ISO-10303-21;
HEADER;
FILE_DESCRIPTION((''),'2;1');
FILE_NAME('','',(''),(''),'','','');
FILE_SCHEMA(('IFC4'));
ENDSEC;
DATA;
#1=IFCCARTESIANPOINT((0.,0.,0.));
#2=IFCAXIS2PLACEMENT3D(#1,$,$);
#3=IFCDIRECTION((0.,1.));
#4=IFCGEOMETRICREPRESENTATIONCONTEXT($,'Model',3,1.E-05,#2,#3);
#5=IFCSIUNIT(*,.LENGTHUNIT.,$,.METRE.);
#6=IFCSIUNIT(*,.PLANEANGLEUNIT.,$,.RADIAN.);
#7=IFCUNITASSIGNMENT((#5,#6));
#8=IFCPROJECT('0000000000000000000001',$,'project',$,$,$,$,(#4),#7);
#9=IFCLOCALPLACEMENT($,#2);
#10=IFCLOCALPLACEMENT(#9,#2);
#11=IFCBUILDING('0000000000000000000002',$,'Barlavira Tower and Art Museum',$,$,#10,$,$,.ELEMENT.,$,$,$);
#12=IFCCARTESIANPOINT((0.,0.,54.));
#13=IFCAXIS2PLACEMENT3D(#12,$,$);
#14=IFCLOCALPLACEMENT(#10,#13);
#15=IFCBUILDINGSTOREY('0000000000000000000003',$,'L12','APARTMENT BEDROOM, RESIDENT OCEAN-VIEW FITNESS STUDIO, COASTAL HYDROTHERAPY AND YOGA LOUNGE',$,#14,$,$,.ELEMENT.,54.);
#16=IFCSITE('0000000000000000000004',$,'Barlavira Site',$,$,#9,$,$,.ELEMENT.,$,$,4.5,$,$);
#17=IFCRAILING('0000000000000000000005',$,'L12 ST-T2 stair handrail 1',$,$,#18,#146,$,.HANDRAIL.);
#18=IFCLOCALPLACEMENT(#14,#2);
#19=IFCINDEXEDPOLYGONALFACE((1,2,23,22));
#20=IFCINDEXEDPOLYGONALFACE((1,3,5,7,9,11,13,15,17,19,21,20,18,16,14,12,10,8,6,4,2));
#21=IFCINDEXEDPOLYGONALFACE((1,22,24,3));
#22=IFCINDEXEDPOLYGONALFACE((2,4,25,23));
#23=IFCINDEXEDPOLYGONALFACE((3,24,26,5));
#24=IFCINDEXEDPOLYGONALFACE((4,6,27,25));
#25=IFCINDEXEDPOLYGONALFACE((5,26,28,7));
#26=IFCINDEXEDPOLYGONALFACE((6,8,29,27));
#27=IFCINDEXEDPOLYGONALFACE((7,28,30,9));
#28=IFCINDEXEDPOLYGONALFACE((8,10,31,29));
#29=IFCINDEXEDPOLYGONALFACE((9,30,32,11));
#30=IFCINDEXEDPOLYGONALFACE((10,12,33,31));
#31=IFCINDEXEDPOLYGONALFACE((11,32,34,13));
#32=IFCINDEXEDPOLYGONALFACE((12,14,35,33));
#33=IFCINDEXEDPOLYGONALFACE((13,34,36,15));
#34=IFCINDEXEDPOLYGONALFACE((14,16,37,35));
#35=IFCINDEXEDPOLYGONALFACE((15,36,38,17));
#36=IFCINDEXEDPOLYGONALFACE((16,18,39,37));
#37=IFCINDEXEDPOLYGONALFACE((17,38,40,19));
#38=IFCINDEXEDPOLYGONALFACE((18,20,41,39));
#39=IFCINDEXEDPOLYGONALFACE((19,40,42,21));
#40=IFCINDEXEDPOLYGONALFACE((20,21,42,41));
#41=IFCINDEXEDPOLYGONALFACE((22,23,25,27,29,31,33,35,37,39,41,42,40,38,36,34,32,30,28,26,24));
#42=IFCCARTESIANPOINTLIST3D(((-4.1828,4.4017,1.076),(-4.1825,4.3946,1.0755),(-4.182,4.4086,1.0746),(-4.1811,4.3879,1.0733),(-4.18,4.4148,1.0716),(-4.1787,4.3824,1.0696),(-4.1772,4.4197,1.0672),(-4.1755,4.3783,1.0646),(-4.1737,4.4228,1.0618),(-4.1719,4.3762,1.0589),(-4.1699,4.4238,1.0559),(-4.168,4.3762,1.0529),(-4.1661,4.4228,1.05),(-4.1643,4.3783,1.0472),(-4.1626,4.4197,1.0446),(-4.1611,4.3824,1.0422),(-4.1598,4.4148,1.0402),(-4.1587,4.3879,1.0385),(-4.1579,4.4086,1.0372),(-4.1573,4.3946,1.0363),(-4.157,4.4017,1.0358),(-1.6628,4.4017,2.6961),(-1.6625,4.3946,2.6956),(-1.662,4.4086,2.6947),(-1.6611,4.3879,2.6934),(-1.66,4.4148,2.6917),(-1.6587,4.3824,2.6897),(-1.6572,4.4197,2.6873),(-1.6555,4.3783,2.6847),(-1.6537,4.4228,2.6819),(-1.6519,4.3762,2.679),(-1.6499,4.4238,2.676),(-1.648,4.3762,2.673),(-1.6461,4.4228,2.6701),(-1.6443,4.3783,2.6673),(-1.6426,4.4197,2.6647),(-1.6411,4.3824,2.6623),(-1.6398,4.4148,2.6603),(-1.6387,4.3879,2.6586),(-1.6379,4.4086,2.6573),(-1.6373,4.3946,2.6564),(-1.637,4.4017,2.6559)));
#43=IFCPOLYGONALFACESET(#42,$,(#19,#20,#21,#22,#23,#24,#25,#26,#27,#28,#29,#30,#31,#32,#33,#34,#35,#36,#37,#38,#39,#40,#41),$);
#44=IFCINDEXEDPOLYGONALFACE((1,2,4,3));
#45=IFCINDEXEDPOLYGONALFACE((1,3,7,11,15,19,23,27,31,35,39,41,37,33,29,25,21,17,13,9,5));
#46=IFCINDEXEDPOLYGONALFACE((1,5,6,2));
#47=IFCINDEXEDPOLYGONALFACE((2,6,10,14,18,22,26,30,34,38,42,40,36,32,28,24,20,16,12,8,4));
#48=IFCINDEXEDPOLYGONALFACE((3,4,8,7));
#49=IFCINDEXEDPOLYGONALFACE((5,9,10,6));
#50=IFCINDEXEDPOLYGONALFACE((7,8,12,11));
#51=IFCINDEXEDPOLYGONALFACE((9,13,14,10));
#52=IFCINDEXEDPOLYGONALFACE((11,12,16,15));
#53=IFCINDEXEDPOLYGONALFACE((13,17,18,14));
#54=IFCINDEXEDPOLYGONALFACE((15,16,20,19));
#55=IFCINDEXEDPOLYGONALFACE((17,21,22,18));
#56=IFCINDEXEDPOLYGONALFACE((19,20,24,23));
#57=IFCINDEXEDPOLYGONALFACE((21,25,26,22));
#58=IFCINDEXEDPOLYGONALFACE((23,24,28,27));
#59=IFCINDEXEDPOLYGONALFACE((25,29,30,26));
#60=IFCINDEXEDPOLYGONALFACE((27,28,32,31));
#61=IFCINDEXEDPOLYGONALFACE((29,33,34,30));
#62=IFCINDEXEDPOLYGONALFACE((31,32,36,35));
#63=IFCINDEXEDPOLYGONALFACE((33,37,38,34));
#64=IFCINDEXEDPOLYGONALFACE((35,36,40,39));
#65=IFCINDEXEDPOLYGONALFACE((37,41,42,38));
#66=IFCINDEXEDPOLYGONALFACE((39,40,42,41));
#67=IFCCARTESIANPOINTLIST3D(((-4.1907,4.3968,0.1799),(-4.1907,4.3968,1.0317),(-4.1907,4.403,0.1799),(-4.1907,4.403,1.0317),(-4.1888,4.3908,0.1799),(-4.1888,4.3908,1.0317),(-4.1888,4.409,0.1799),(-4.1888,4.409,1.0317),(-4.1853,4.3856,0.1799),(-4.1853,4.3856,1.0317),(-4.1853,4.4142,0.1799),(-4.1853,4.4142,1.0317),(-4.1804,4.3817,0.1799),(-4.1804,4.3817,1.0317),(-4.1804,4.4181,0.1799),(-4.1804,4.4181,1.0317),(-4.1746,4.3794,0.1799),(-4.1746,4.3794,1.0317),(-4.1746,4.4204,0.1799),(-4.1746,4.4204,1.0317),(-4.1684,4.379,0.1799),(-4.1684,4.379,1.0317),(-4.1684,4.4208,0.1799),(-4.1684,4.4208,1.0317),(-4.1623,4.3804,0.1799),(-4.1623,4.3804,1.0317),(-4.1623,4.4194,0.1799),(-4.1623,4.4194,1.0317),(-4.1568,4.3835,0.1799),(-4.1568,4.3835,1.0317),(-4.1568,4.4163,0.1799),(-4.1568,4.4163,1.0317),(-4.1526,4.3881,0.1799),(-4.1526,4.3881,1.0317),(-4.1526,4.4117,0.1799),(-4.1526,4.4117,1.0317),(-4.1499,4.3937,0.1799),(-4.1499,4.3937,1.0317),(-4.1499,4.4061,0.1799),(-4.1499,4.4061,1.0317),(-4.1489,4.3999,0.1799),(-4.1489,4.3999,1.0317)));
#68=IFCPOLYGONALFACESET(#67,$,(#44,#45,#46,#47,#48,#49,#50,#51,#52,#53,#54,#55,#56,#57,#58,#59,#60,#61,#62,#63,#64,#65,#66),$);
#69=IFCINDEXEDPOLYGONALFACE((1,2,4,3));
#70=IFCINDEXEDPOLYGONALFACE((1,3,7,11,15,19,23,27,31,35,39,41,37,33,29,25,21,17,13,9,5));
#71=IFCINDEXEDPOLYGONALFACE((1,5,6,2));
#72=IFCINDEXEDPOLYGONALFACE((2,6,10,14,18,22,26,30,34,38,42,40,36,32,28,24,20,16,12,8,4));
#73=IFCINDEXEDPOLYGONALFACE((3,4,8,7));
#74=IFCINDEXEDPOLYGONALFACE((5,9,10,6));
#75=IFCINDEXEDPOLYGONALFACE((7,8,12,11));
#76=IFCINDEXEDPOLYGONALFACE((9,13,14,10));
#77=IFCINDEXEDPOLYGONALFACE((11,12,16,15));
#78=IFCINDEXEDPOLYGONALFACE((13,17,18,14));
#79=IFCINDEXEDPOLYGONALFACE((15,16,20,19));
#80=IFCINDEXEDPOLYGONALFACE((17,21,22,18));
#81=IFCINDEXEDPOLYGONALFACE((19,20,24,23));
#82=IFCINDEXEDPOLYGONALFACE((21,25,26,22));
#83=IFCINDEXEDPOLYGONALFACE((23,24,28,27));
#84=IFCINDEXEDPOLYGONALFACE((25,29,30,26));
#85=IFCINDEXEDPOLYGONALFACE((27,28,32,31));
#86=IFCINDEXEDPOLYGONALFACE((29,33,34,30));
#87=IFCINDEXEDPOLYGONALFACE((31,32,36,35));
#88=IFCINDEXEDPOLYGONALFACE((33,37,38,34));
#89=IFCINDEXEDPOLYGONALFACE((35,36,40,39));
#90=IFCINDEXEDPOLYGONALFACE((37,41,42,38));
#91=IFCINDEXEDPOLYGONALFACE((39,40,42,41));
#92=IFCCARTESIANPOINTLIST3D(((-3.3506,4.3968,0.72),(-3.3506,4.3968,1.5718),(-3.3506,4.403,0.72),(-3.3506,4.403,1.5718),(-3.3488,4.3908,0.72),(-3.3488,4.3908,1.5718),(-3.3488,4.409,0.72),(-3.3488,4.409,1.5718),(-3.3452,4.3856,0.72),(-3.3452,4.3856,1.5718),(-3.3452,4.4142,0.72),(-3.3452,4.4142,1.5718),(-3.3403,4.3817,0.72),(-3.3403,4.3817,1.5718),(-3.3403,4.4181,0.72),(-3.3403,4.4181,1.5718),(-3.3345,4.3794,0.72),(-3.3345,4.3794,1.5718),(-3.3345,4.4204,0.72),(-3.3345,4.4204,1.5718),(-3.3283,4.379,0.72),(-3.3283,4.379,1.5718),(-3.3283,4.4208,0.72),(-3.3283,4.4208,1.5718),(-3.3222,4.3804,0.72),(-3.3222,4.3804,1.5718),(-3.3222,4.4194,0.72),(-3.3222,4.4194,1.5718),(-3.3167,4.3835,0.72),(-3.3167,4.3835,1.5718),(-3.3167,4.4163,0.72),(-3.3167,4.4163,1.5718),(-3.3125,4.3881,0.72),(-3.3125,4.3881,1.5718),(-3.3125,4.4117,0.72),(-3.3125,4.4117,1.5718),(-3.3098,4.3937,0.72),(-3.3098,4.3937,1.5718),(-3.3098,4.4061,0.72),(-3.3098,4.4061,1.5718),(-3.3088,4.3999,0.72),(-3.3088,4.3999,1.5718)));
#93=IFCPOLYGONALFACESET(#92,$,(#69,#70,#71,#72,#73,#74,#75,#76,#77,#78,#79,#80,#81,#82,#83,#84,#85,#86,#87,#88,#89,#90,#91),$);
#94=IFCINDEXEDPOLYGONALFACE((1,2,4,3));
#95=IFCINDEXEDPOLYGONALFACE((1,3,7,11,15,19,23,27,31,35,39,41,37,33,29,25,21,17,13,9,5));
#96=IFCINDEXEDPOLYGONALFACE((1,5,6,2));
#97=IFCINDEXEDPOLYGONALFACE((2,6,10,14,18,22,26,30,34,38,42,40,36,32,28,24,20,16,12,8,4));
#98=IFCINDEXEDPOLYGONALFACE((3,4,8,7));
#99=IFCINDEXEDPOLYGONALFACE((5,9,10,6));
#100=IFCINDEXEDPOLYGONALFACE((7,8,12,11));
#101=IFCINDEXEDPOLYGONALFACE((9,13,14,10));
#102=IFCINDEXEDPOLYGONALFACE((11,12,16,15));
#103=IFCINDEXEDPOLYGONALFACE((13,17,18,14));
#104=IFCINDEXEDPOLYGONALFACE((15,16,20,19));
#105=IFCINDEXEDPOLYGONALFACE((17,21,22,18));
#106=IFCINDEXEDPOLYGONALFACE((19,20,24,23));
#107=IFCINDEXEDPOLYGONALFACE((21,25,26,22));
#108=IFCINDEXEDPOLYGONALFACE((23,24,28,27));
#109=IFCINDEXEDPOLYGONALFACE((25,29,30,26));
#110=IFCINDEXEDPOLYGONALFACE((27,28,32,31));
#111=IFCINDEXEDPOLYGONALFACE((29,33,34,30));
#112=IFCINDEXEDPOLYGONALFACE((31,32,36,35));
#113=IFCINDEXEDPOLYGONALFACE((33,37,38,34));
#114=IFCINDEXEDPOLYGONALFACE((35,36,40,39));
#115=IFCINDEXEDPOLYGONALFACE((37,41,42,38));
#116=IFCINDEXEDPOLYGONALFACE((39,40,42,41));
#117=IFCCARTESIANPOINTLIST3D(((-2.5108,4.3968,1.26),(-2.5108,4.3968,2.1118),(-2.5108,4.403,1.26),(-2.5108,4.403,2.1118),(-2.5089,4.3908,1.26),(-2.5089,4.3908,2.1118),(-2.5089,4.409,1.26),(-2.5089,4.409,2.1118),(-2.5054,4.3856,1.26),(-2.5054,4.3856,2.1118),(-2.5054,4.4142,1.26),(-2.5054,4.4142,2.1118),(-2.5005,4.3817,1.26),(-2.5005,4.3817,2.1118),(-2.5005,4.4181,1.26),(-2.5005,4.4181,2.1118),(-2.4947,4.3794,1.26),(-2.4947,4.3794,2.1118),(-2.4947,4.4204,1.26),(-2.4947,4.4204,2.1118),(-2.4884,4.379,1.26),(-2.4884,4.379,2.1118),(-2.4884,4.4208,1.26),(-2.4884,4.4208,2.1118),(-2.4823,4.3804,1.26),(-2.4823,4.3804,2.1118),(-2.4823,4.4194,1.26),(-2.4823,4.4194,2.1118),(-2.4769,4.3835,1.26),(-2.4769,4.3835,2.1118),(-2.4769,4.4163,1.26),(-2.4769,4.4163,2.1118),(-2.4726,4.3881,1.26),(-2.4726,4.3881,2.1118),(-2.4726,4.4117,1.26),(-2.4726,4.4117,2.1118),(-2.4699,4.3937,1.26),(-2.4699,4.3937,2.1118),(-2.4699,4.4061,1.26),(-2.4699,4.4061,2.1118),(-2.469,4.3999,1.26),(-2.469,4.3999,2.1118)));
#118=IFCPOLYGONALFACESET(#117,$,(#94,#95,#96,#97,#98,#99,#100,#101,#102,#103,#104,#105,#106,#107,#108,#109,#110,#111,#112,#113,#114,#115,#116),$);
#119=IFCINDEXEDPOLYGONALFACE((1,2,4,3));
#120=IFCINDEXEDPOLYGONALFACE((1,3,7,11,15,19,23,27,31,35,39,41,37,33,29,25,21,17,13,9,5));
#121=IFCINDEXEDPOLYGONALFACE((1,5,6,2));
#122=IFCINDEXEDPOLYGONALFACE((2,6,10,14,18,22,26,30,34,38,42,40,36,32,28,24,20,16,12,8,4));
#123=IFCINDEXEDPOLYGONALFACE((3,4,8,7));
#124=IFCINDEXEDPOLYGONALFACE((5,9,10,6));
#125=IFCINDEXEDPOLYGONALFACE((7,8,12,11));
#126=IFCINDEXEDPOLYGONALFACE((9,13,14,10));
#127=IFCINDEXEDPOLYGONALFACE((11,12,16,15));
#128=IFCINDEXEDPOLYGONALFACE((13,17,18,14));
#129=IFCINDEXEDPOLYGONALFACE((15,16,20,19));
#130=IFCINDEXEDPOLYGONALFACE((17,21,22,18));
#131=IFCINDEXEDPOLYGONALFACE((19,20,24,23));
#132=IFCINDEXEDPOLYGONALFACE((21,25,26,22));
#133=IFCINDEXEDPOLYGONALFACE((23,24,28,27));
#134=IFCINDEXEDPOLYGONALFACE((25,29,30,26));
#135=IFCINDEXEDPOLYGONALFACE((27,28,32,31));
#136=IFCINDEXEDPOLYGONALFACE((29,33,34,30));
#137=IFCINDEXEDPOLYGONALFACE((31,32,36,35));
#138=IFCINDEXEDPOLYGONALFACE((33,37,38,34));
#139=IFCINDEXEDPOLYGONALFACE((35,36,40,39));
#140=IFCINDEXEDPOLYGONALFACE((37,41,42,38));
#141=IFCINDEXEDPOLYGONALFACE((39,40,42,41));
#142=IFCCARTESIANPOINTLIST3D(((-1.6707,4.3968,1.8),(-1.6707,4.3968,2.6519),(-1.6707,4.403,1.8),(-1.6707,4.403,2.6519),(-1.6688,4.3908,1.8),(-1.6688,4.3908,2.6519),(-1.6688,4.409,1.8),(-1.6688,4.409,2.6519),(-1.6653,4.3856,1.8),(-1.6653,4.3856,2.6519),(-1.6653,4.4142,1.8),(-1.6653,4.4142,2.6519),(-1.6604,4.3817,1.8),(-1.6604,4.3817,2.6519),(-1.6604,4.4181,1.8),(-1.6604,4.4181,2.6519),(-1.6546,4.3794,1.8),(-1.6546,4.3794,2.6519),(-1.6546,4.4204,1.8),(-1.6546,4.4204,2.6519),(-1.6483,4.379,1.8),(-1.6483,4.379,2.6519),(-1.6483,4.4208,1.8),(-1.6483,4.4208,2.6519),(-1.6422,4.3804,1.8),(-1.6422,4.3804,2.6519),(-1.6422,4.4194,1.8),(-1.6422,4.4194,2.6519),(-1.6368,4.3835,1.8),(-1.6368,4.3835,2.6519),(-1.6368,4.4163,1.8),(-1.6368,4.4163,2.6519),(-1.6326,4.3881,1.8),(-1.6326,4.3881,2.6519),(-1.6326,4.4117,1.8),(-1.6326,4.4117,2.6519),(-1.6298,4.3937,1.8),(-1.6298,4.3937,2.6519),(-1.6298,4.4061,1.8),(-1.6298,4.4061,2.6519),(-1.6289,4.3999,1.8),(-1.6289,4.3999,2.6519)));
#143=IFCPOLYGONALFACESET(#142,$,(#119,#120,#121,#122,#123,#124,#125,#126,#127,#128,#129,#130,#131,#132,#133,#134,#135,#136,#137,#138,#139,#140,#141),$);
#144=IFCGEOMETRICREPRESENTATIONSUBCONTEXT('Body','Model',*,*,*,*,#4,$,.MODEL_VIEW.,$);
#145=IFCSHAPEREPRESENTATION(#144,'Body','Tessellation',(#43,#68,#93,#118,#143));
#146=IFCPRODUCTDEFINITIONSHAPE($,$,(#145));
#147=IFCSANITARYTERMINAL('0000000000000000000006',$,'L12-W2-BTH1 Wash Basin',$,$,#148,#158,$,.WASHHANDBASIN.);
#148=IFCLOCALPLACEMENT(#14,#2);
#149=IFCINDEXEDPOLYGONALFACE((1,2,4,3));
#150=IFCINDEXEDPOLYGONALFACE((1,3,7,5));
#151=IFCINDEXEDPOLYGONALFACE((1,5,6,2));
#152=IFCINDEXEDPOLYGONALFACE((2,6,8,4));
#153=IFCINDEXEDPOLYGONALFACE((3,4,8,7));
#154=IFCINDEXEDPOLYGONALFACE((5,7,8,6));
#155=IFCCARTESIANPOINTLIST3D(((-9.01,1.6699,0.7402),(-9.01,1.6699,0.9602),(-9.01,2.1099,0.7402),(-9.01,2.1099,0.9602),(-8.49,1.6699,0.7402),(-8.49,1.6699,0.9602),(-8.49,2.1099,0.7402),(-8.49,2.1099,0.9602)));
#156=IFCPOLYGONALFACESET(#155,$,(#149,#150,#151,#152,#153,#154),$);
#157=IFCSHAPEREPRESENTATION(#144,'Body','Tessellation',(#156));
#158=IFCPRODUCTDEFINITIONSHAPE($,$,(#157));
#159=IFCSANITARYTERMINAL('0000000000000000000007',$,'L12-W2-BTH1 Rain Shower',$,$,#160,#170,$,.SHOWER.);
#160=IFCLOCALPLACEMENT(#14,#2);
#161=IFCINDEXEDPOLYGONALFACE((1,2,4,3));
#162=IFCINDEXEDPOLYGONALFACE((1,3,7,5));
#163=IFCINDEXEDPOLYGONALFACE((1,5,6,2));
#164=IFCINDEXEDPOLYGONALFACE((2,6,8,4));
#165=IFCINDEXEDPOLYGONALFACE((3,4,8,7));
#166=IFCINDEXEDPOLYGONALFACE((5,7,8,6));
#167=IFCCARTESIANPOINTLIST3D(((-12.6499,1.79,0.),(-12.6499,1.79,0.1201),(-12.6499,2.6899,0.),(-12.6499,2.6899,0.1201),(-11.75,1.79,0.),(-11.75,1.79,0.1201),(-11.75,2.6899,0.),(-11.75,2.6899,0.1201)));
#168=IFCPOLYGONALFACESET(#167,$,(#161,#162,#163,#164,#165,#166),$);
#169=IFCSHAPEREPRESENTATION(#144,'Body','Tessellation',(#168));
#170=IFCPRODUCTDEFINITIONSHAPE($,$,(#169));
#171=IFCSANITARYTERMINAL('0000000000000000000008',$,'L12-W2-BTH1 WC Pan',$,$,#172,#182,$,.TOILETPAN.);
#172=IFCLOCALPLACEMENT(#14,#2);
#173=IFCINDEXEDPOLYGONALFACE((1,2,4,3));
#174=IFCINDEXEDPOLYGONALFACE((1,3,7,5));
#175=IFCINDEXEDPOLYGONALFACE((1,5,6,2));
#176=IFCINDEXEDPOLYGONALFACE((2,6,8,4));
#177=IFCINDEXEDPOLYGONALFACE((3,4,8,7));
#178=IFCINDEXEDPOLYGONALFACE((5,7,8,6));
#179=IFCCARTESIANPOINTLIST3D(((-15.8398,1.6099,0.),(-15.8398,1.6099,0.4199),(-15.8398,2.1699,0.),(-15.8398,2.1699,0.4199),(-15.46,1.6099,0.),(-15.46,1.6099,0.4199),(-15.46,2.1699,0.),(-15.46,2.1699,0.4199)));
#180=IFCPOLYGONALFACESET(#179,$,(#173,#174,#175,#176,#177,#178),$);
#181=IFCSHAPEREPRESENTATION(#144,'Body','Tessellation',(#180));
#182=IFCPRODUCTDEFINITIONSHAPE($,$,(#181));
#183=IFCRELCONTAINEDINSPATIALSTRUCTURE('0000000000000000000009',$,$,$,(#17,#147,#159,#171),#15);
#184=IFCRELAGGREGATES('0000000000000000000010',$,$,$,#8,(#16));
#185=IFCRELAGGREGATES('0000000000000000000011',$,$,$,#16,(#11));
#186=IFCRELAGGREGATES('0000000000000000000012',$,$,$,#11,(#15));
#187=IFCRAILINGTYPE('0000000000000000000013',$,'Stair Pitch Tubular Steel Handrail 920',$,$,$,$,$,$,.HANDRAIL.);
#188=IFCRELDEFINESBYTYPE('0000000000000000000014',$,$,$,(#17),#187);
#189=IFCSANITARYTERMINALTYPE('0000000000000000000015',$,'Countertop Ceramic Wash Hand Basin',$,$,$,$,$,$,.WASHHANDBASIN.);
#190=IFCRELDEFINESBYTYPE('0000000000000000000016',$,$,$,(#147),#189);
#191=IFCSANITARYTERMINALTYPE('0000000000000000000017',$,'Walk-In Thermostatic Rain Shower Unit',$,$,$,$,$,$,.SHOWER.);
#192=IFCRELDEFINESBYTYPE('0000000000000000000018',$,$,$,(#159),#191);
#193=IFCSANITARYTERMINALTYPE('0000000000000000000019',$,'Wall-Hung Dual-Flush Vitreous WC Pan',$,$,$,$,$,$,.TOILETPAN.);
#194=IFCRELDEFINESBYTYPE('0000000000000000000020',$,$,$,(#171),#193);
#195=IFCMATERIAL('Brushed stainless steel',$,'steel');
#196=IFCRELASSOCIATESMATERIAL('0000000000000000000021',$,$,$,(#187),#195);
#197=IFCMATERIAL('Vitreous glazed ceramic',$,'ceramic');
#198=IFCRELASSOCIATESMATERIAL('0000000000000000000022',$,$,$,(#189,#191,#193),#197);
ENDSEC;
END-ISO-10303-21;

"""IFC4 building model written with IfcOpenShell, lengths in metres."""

from ifc_helpers import new_model, si_unit, direction, frame, origin, origin_2d, place, context, subcontext, project, spatial, rectangle, circle, extrude, material, type_object, element, save


model = new_model("IFC4")

# Units and contexts
model_context = context("Model", 3, precision=1e-05, world=origin(), true_north=direction((0.0, 1.0)))
body_context = subcontext(model_context, "Body", "Model", "MODEL_VIEW")
ifc_project = project(units=[si_unit("LENGTHUNIT", "METRE"), si_unit("PLANEANGLEUNIT", "RADIAN")], contexts=[model_context])

# Site, building, storey
site_placement = place(None, origin())
site = spatial("IfcSite", under=ifc_project, at=site_placement, Name="Barlavira Site", CompositionType="ELEMENT", RefElevation=4.5)
building_placement = place(site_placement, origin())
building = spatial("IfcBuilding", under=site, at=building_placement, Name="Barlavira Tower and Art Museum", CompositionType="ELEMENT")
storey_placement = place(building_placement, frame((0.0, 0.0, 54.0)))
storey = spatial("IfcBuildingStorey", under=building, at=storey_placement, Name="L12", Description="APARTMENT BEDROOM, RESIDENT OCEAN-VIEW FITNESS STUDIO, COASTAL HYDROTHERAPY AND YOGA LOUNGE", CompositionType="ELEMENT", Elevation=54.0)

# Shared definitions
ifc_material_1 = material(Name="Brushed stainless steel", Category="steel")

# Railing
railing_type_1 = type_object("IfcRailingType", Name="Stair Pitch Tubular Steel Handrail 920", PredefinedType="HANDRAIL", material=ifc_material_1)
railing_1_placement = place(storey_placement, frame((-4.1699, 4.3999, 0.1799)))
element("IfcRailing", 1, at=railing_1_placement, inside=storey, type_object=railing_type_1, Name="L12 ST-T2 stair handrail 1", PredefinedType="HANDRAIL", context=body_context, shape_type="SweptSolid", body=[
    extrude(circle(Radius=0.0239, at=origin_2d()), frame((0.0, 0.0, 0.876), z_axis=(0.841163, 0.0, 0.540782), x_axis=(0.0, 1.0, 0.0)), (0.0, 0.0, 1.0), 2.9958),
    extrude(circle(Radius=0.021, at=origin_2d()), origin(), (0.0, 0.0, 1.0), 0.8518),
    extrude(circle(Radius=0.021, at=origin_2d()), frame((0.8401, 0.0, 0.54)), (0.0, 0.0, 1.0), 0.8518),
    extrude(circle(Radius=0.021, at=origin_2d()), frame((1.6799, 0.0, 1.0801)), (0.0, 0.0, 1.0), 0.8518),
    extrude(circle(Radius=0.021, at=origin_2d()), frame((2.52, 0.0, 1.6201)), (0.0, 0.0, 1.0), 0.8518),
])

# Sanitary terminals
ifc_material_2 = material(Name="Vitreous glazed ceramic", Category="ceramic")
sanitary_terminal_type_1 = type_object("IfcSanitaryTerminalType", Name="Countertop Ceramic Wash Hand Basin", PredefinedType="WASHHANDBASIN", material=ifc_material_2)
sanitary_terminal_1_placement = place(storey_placement, frame((-8.75, 1.8899, 0.7402), z_axis=(0.0, 0.0, 1.0), x_axis=(1.0, 0.0, 0.0)))
element("IfcSanitaryTerminal", 2, at=sanitary_terminal_1_placement, inside=storey, type_object=sanitary_terminal_type_1, Name="L12-W2-BTH1 Wash Basin", PredefinedType="WASHHANDBASIN", context=body_context, shape_type="SweptSolid", body=[
    extrude(rectangle(XDim=0.52, YDim=0.4399, at=origin_2d()), origin(), (0.0, 0.0, 1.0), 0.22),
])
sanitary_terminal_type_2 = type_object("IfcSanitaryTerminalType", Name="Walk-In Thermostatic Rain Shower Unit", PredefinedType="SHOWER", material=ifc_material_2)
sanitary_terminal_2_placement = place(storey_placement, frame((-12.2, 2.24, 0.0), z_axis=(0.0, 0.0, 1.0), x_axis=(1.0, 0.0, 0.0)))
element("IfcSanitaryTerminal", 3, at=sanitary_terminal_2_placement, inside=storey, type_object=sanitary_terminal_type_2, Name="L12-W2-BTH1 Rain Shower", PredefinedType="SHOWER", context=body_context, shape_type="SweptSolid", body=[
    extrude(rectangle(XDim=0.8999, YDim=0.8999, at=origin_2d()), origin(), (0.0, 0.0, 1.0), 0.1201),
])
sanitary_terminal_type_3 = type_object("IfcSanitaryTerminalType", Name="Wall-Hung Dual-Flush Vitreous WC Pan", PredefinedType="TOILETPAN", material=ifc_material_2)
sanitary_terminal_3_placement = place(storey_placement, frame((-15.6499, 1.8899, 0.0), z_axis=(0.0, 0.0, 1.0), x_axis=(1.0, 0.0, 0.0)))
element("IfcSanitaryTerminal", 4, at=sanitary_terminal_3_placement, inside=storey, type_object=sanitary_terminal_type_3, Name="L12-W2-BTH1 WC Pan", PredefinedType="TOILETPAN", context=body_context, shape_type="SweptSolid", body=[
    extrude(rectangle(XDim=0.3799, YDim=0.5601, at=origin_2d()), origin(), (0.0, 0.0, 1.0), 0.4199),
])

save(model, "model.ifc")
